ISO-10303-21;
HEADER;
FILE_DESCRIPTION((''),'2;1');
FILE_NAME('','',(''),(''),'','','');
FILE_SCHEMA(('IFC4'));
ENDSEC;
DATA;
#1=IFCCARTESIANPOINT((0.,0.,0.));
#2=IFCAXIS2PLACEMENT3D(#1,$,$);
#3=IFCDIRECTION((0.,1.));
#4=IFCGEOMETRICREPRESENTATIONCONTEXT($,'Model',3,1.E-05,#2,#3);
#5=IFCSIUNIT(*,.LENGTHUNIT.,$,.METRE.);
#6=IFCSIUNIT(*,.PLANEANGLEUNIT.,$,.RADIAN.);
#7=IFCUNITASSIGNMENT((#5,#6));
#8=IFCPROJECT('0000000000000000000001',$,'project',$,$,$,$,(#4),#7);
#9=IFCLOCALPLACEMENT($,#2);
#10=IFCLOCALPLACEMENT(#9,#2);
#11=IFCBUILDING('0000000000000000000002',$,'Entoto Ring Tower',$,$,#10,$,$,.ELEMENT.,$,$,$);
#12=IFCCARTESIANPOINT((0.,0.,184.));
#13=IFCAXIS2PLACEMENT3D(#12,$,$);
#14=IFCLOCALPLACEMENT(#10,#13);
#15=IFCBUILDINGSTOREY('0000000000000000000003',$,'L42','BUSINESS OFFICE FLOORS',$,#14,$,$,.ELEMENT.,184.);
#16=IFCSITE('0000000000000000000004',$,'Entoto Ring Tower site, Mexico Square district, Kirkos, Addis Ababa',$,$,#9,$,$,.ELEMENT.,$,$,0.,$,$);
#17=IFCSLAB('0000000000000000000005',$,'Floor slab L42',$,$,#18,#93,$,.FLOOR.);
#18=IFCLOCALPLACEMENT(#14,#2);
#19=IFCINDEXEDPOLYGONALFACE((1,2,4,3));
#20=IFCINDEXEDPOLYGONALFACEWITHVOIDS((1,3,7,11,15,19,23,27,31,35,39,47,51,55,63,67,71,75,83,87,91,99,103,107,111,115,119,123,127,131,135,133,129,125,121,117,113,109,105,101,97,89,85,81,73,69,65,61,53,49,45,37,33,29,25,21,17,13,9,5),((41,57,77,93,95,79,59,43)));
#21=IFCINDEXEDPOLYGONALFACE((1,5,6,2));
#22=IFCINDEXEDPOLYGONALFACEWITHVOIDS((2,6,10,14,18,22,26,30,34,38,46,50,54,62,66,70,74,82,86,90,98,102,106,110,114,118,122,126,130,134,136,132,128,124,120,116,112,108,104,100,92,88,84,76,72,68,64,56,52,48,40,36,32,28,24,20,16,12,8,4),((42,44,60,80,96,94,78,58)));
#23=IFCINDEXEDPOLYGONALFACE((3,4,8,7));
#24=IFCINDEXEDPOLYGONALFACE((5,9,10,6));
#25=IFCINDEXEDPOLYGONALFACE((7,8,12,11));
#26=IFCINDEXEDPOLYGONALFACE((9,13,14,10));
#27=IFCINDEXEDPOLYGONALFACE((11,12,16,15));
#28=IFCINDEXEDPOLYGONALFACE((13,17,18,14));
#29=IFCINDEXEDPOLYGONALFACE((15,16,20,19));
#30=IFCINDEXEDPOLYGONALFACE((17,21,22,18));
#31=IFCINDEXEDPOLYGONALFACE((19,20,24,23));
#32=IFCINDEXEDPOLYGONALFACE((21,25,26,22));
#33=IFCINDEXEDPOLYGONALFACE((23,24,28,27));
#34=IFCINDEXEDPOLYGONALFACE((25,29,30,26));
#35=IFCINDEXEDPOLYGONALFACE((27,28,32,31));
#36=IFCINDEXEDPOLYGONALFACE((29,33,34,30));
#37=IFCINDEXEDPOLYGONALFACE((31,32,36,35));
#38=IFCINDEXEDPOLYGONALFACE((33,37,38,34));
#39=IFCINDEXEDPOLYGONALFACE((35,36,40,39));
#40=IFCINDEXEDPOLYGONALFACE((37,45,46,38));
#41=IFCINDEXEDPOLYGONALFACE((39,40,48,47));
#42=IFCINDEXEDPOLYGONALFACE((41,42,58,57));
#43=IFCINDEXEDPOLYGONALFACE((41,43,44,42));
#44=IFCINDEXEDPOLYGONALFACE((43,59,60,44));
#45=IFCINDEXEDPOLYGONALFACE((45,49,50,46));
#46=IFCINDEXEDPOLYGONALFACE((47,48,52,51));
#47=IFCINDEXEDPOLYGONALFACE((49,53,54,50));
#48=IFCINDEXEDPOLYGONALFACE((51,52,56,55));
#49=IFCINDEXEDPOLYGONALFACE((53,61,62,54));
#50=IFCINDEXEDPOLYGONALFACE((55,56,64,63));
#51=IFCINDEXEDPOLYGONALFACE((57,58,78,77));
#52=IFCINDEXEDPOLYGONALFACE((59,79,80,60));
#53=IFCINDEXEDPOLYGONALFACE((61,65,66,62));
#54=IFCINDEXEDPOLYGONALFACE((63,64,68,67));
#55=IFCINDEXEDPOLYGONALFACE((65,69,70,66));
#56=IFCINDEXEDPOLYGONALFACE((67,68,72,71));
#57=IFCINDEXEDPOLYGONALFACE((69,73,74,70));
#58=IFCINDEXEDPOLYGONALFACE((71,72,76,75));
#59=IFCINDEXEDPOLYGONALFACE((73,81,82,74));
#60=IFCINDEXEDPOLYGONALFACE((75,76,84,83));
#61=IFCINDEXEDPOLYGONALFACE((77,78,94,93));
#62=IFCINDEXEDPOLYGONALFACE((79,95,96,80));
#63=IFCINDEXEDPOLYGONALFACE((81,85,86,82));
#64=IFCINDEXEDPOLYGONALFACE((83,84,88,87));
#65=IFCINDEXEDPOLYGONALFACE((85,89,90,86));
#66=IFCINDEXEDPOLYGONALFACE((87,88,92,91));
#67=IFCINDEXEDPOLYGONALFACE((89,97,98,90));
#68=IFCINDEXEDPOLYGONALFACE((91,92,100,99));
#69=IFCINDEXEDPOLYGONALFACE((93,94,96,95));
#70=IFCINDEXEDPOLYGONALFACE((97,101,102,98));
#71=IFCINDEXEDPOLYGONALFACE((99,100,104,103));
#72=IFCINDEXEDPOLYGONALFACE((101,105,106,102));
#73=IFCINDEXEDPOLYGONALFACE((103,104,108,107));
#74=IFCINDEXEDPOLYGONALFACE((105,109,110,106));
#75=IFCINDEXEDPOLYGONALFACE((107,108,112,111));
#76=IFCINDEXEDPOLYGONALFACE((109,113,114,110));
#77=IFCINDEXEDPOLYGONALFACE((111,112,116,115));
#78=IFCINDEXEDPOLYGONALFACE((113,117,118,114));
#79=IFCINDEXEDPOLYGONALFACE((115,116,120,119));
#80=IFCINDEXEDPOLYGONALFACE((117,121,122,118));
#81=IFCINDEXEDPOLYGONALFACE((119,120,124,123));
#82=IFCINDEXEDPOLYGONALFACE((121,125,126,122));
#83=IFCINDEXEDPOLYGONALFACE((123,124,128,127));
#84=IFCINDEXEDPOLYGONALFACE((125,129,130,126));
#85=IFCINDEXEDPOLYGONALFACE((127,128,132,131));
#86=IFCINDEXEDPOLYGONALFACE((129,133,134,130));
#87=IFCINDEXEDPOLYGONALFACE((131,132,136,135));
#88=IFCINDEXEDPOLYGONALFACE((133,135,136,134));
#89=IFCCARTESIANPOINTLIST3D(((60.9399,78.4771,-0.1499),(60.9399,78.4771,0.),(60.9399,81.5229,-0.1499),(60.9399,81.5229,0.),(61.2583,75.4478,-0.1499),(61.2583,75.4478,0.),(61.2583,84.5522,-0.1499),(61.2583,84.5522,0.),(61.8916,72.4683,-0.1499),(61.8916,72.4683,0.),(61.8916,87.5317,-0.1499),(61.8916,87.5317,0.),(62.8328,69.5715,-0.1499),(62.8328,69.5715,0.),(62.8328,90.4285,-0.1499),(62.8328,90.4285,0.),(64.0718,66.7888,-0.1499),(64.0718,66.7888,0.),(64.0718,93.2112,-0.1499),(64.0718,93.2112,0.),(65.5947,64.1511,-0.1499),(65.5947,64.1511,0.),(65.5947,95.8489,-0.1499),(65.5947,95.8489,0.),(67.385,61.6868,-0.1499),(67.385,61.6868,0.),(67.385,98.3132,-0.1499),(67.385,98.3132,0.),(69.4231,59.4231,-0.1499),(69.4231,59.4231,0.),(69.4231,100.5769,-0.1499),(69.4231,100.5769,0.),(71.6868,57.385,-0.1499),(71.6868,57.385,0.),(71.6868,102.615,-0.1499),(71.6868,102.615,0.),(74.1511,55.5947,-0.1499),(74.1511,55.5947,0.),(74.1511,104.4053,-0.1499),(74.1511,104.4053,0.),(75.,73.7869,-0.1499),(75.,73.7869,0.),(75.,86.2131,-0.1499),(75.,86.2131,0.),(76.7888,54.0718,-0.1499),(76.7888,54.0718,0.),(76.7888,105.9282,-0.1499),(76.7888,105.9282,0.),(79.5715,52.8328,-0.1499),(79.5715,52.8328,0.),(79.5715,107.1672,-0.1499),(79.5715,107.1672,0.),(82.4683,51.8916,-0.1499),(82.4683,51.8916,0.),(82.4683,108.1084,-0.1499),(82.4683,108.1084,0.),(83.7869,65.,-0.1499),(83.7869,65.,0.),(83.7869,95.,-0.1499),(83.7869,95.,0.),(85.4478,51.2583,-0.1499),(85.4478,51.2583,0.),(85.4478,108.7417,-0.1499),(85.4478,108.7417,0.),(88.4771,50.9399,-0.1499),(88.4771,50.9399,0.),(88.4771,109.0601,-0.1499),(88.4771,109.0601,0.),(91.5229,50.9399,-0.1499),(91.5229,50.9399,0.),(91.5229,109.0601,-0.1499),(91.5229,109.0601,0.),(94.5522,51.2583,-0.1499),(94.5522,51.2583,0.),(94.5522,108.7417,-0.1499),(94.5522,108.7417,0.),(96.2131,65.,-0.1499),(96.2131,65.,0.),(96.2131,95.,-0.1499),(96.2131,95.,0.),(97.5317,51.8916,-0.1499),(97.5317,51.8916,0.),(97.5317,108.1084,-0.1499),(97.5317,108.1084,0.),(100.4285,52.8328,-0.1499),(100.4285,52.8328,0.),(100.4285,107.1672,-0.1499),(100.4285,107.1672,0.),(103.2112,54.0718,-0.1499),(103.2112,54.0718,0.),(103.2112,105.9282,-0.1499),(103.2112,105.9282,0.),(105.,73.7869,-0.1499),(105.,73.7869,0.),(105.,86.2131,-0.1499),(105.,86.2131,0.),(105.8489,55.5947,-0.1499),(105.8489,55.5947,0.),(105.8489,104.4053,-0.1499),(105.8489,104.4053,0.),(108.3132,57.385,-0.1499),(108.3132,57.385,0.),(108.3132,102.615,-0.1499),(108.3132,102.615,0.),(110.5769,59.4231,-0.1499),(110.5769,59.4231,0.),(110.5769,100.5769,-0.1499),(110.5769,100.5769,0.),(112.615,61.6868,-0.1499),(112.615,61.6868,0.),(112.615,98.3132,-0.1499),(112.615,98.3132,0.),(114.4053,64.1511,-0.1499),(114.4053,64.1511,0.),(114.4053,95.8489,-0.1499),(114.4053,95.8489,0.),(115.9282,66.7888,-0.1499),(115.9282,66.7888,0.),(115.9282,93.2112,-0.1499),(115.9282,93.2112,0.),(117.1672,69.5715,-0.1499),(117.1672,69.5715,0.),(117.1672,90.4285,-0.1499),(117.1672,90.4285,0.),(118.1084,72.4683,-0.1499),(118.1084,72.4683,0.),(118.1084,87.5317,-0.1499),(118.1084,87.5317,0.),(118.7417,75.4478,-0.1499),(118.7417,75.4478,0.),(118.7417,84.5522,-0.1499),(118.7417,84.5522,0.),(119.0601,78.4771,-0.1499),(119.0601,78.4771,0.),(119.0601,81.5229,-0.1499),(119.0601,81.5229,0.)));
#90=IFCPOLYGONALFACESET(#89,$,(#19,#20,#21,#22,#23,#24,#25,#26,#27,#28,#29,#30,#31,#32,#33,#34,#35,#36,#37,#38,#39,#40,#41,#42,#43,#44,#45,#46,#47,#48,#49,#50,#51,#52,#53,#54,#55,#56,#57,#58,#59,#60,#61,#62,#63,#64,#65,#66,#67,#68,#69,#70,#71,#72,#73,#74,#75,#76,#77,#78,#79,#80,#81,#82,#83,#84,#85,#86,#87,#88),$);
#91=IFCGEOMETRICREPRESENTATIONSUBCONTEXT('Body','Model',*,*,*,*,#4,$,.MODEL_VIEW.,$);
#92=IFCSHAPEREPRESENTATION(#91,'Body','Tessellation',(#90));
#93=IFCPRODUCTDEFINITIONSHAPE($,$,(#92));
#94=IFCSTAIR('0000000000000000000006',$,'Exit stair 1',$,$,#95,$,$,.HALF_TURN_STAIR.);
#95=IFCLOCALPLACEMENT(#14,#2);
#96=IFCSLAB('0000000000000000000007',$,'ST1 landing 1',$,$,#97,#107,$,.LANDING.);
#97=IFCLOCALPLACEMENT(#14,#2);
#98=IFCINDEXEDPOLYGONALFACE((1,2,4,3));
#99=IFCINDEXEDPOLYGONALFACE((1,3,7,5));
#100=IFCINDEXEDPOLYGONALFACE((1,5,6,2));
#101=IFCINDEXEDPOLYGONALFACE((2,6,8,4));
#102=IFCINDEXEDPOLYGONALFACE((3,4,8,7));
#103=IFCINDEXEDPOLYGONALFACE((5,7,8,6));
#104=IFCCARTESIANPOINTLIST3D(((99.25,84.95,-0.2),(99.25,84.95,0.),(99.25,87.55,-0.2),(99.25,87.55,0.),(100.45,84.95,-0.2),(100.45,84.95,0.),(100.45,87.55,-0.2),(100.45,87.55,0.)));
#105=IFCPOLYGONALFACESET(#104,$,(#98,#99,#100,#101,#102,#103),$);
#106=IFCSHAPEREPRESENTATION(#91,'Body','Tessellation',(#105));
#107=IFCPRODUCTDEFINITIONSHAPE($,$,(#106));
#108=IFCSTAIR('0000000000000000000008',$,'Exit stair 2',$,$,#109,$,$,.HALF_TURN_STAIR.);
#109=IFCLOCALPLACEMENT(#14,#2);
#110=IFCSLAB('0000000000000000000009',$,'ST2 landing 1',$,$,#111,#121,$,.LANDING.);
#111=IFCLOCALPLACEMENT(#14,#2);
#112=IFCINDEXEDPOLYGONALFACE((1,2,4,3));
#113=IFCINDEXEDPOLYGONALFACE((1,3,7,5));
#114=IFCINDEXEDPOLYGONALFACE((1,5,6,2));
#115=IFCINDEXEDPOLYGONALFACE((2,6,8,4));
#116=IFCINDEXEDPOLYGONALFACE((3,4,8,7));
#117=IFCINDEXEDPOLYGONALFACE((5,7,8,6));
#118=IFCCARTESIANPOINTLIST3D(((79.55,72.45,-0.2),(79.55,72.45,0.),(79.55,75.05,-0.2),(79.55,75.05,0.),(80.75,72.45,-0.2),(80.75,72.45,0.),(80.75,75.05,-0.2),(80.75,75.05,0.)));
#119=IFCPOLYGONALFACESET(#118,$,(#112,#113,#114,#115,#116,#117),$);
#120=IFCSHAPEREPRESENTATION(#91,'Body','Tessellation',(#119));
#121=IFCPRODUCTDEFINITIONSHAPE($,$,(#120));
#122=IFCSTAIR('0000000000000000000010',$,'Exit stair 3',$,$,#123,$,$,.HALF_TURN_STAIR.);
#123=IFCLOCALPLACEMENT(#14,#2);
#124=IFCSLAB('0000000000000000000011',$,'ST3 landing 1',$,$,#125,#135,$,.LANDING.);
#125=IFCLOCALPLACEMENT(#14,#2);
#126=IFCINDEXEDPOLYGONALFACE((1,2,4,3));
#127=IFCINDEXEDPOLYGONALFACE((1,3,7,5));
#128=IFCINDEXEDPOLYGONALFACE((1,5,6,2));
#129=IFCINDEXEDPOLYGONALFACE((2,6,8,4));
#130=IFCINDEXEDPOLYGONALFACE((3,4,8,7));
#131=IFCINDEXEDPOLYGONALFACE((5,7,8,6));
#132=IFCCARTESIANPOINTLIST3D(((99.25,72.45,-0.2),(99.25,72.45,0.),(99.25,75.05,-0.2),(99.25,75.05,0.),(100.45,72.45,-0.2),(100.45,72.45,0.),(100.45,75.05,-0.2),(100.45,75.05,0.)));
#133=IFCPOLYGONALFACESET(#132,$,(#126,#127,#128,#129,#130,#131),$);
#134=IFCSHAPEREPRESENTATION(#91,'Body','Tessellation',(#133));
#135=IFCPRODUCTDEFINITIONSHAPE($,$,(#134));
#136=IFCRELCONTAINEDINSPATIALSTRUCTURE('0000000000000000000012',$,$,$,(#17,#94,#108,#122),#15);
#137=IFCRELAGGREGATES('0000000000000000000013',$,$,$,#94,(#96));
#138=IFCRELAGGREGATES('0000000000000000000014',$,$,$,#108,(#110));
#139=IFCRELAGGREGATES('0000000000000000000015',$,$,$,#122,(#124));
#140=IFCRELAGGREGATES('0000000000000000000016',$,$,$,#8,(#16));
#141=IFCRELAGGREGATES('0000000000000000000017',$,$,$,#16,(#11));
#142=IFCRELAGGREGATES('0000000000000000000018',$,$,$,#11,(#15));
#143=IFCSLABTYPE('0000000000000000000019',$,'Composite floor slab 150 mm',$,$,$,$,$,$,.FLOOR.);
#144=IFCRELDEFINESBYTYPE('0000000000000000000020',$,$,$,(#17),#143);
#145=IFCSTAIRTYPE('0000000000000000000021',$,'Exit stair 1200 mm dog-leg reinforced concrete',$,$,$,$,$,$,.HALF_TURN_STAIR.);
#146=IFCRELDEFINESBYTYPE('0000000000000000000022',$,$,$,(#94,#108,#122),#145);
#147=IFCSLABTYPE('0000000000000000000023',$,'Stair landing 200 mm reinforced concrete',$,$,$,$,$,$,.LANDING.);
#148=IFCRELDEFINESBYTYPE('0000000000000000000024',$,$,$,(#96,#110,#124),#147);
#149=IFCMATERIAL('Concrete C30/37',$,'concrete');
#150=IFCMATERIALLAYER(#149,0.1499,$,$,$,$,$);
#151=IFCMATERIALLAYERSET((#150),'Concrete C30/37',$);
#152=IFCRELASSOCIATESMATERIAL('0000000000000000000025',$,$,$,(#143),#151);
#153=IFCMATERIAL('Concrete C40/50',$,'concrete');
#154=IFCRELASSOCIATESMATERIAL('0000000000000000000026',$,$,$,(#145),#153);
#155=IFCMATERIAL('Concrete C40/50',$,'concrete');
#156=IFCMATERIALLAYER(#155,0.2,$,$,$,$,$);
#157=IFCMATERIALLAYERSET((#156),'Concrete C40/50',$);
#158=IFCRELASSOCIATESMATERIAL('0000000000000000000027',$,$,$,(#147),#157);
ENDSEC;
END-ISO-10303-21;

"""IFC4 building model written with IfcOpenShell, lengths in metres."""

from ifc_helpers import new_model, si_unit, direction, frame, origin, place, context, subcontext, project, spatial, polyline, outline, extrude, material, layer, layer_set, type_object, element, aggregate, save


model = new_model("IFC4")

# Units and contexts
model_context = context("Model", 3, precision=1e-05, world=origin(), true_north=direction((0.0, 1.0)))
body_context = subcontext(model_context, "Body", "Model", "MODEL_VIEW")
ifc_project = project(units=[si_unit("LENGTHUNIT", "METRE"), si_unit("PLANEANGLEUNIT", "RADIAN")], contexts=[model_context])

# Site, building, storey
site_placement = place(None, origin())
building_placement = place(site_placement, origin())
storey_placement = place(building_placement, frame((0.0, 0.0, 184.0)))
site = spatial("IfcSite", under=ifc_project, at=site_placement, Name="Entoto Ring Tower site, Mexico Square district, Kirkos, Addis Ababa", CompositionType="ELEMENT", RefElevation=0.0)
building = spatial("IfcBuilding", under=site, at=building_placement, Name="Entoto Ring Tower", CompositionType="ELEMENT")
storey = spatial("IfcBuildingStorey", under=building, at=storey_placement, Name="L42", Description="BUSINESS OFFICE FLOORS", CompositionType="ELEMENT", Elevation=184.0)

# Slab
ifc_material_1 = material(Name="Concrete C30/37", Category="concrete")
ifc_layer_1 = layer(ifc_material_1, 0.1499)
ifc_layer_set_1 = layer_set([ifc_layer_1], Name="Concrete C30/37")
slab_type_1 = type_object("IfcSlabType", Name="Composite floor slab 150 mm", PredefinedType="FLOOR", material=ifc_layer_set_1)
slab_1_placement = place(storey_placement, frame((0.0, 0.0, -0.1499)))
element("IfcSlab", 1, at=slab_1_placement, inside=storey, type_object=slab_type_1, Name="Floor slab L42", PredefinedType="FLOOR", context=body_context, shape_type="SweptSolid", body=[
    extrude(outline(polyline([(118.7417, 84.5522), (118.1084, 87.5317), (117.1672, 90.4285), (115.9282, 93.2112), (114.4053, 95.8489), (112.615, 98.3132), (110.5769, 100.5769), (108.3132, 102.615), (105.8489, 104.4053), (103.2112, 105.9282), (100.4285, 107.1672), (97.5317, 108.1084), (94.5522, 108.7417), (91.5229, 109.0601), (88.4771, 109.0601), (85.4478, 108.7417), (82.4683, 108.1084), (79.5715, 107.1672), (76.7888, 105.9282), (74.1511, 104.4053), (71.6868, 102.615), (69.4231, 100.5769), (67.385, 98.3132), (65.5947, 95.8489), (64.0718, 93.2112), (62.8328, 90.4285), (61.8916, 87.5317), (61.2583, 84.5522), (60.9399, 81.5229), (60.9399, 78.4771), (61.2583, 75.4478), (61.8916, 72.4683), (62.8328, 69.5715), (64.0718, 66.7888), (65.5947, 64.1511), (67.385, 61.6868), (69.4231, 59.4231), (71.6868, 57.385), (74.1511, 55.5947), (76.7888, 54.0718), (79.5715, 52.8328), (82.4683, 51.8916), (85.4478, 51.2583), (88.4771, 50.9399), (91.5229, 50.9399), (94.5522, 51.2583), (97.5317, 51.8916), (100.4285, 52.8328), (103.2112, 54.0718), (105.8489, 55.5947), (108.3132, 57.385), (110.5769, 59.4231), (112.615, 61.6868), (114.4053, 64.1511), (115.9282, 66.7888), (117.1672, 69.5715), (118.1084, 72.4683), (118.7417, 75.4478), (119.0601, 78.4771), (119.0601, 81.5229), (118.7417, 84.5522)]), holes=[polyline([(105.0, 73.7869), (105.0, 86.2131), (96.2131, 95.0), (83.7869, 95.0), (75.0, 86.2131), (75.0, 73.7869), (83.7869, 65.0), (96.2131, 65.0), (105.0, 73.7869)])]), origin(), (0.0, 0.0, 1.0), 0.1499),
])

# Stairs, slabs
ifc_material_2 = material(Name="Concrete C40/50", Category="concrete")
stair_type = type_object("IfcStairType", Name="Exit stair 1200 mm dog-leg reinforced concrete", PredefinedType="HALF_TURN_STAIR", material=ifc_material_2)
stair_1_placement = place(storey_placement, origin())
stair_1 = element("IfcStair", 2, at=stair_1_placement, inside=storey, type_object=stair_type, Name="Exit stair 1", PredefinedType="HALF_TURN_STAIR")
ifc_material_3 = material(Name="Concrete C40/50", Category="concrete")
ifc_layer_2 = layer(ifc_material_3, 0.2)
ifc_layer_set_2 = layer_set([ifc_layer_2], Name="Concrete C40/50")
slab_type_2 = type_object("IfcSlabType", Name="Stair landing 200 mm reinforced concrete", PredefinedType="LANDING", material=ifc_layer_set_2)
slab_2_placement = place(storey_placement, frame((0.0, 0.0, -0.2)))
slab_2 = element("IfcSlab", 3, at=slab_2_placement, type_object=slab_type_2, Name="ST1 landing 1", PredefinedType="LANDING", context=body_context, shape_type="SweptSolid", body=[
    extrude(outline(polyline([(100.45, 84.95), (100.45, 87.55), (99.25, 87.55), (99.25, 84.95), (100.45, 84.95)])), origin(), (0.0, 0.0, 1.0), 0.2),
])
aggregate(stair_1, [slab_2])
stair_2_placement = place(storey_placement, origin())
stair_2 = element("IfcStair", 4, at=stair_2_placement, inside=storey, type_object=stair_type, Name="Exit stair 2", PredefinedType="HALF_TURN_STAIR")
slab_3_placement = place(storey_placement, frame((0.0, 0.0, -0.2)))
slab_3 = element("IfcSlab", 5, at=slab_3_placement, type_object=slab_type_2, Name="ST2 landing 1", PredefinedType="LANDING", context=body_context, shape_type="SweptSolid", body=[
    extrude(outline(polyline([(80.75, 72.45), (80.75, 75.05), (79.55, 75.05), (79.55, 72.45), (80.75, 72.45)])), origin(), (0.0, 0.0, 1.0), 0.2),
])
aggregate(stair_2, [slab_3])
stair_3_placement = place(storey_placement, origin())
stair_3 = element("IfcStair", 6, at=stair_3_placement, inside=storey, type_object=stair_type, Name="Exit stair 3", PredefinedType="HALF_TURN_STAIR")
slab_4_placement = place(storey_placement, frame((0.0, 0.0, -0.2)))
slab_4 = element("IfcSlab", 7, at=slab_4_placement, type_object=slab_type_2, Name="ST3 landing 1", PredefinedType="LANDING", context=body_context, shape_type="SweptSolid", body=[
    extrude(outline(polyline([(100.45, 72.45), (100.45, 75.05), (99.25, 75.05), (99.25, 72.45), (100.45, 72.45)])), origin(), (0.0, 0.0, 1.0), 0.2),
])
aggregate(stair_3, [slab_4])

save(model, "model.ifc")
